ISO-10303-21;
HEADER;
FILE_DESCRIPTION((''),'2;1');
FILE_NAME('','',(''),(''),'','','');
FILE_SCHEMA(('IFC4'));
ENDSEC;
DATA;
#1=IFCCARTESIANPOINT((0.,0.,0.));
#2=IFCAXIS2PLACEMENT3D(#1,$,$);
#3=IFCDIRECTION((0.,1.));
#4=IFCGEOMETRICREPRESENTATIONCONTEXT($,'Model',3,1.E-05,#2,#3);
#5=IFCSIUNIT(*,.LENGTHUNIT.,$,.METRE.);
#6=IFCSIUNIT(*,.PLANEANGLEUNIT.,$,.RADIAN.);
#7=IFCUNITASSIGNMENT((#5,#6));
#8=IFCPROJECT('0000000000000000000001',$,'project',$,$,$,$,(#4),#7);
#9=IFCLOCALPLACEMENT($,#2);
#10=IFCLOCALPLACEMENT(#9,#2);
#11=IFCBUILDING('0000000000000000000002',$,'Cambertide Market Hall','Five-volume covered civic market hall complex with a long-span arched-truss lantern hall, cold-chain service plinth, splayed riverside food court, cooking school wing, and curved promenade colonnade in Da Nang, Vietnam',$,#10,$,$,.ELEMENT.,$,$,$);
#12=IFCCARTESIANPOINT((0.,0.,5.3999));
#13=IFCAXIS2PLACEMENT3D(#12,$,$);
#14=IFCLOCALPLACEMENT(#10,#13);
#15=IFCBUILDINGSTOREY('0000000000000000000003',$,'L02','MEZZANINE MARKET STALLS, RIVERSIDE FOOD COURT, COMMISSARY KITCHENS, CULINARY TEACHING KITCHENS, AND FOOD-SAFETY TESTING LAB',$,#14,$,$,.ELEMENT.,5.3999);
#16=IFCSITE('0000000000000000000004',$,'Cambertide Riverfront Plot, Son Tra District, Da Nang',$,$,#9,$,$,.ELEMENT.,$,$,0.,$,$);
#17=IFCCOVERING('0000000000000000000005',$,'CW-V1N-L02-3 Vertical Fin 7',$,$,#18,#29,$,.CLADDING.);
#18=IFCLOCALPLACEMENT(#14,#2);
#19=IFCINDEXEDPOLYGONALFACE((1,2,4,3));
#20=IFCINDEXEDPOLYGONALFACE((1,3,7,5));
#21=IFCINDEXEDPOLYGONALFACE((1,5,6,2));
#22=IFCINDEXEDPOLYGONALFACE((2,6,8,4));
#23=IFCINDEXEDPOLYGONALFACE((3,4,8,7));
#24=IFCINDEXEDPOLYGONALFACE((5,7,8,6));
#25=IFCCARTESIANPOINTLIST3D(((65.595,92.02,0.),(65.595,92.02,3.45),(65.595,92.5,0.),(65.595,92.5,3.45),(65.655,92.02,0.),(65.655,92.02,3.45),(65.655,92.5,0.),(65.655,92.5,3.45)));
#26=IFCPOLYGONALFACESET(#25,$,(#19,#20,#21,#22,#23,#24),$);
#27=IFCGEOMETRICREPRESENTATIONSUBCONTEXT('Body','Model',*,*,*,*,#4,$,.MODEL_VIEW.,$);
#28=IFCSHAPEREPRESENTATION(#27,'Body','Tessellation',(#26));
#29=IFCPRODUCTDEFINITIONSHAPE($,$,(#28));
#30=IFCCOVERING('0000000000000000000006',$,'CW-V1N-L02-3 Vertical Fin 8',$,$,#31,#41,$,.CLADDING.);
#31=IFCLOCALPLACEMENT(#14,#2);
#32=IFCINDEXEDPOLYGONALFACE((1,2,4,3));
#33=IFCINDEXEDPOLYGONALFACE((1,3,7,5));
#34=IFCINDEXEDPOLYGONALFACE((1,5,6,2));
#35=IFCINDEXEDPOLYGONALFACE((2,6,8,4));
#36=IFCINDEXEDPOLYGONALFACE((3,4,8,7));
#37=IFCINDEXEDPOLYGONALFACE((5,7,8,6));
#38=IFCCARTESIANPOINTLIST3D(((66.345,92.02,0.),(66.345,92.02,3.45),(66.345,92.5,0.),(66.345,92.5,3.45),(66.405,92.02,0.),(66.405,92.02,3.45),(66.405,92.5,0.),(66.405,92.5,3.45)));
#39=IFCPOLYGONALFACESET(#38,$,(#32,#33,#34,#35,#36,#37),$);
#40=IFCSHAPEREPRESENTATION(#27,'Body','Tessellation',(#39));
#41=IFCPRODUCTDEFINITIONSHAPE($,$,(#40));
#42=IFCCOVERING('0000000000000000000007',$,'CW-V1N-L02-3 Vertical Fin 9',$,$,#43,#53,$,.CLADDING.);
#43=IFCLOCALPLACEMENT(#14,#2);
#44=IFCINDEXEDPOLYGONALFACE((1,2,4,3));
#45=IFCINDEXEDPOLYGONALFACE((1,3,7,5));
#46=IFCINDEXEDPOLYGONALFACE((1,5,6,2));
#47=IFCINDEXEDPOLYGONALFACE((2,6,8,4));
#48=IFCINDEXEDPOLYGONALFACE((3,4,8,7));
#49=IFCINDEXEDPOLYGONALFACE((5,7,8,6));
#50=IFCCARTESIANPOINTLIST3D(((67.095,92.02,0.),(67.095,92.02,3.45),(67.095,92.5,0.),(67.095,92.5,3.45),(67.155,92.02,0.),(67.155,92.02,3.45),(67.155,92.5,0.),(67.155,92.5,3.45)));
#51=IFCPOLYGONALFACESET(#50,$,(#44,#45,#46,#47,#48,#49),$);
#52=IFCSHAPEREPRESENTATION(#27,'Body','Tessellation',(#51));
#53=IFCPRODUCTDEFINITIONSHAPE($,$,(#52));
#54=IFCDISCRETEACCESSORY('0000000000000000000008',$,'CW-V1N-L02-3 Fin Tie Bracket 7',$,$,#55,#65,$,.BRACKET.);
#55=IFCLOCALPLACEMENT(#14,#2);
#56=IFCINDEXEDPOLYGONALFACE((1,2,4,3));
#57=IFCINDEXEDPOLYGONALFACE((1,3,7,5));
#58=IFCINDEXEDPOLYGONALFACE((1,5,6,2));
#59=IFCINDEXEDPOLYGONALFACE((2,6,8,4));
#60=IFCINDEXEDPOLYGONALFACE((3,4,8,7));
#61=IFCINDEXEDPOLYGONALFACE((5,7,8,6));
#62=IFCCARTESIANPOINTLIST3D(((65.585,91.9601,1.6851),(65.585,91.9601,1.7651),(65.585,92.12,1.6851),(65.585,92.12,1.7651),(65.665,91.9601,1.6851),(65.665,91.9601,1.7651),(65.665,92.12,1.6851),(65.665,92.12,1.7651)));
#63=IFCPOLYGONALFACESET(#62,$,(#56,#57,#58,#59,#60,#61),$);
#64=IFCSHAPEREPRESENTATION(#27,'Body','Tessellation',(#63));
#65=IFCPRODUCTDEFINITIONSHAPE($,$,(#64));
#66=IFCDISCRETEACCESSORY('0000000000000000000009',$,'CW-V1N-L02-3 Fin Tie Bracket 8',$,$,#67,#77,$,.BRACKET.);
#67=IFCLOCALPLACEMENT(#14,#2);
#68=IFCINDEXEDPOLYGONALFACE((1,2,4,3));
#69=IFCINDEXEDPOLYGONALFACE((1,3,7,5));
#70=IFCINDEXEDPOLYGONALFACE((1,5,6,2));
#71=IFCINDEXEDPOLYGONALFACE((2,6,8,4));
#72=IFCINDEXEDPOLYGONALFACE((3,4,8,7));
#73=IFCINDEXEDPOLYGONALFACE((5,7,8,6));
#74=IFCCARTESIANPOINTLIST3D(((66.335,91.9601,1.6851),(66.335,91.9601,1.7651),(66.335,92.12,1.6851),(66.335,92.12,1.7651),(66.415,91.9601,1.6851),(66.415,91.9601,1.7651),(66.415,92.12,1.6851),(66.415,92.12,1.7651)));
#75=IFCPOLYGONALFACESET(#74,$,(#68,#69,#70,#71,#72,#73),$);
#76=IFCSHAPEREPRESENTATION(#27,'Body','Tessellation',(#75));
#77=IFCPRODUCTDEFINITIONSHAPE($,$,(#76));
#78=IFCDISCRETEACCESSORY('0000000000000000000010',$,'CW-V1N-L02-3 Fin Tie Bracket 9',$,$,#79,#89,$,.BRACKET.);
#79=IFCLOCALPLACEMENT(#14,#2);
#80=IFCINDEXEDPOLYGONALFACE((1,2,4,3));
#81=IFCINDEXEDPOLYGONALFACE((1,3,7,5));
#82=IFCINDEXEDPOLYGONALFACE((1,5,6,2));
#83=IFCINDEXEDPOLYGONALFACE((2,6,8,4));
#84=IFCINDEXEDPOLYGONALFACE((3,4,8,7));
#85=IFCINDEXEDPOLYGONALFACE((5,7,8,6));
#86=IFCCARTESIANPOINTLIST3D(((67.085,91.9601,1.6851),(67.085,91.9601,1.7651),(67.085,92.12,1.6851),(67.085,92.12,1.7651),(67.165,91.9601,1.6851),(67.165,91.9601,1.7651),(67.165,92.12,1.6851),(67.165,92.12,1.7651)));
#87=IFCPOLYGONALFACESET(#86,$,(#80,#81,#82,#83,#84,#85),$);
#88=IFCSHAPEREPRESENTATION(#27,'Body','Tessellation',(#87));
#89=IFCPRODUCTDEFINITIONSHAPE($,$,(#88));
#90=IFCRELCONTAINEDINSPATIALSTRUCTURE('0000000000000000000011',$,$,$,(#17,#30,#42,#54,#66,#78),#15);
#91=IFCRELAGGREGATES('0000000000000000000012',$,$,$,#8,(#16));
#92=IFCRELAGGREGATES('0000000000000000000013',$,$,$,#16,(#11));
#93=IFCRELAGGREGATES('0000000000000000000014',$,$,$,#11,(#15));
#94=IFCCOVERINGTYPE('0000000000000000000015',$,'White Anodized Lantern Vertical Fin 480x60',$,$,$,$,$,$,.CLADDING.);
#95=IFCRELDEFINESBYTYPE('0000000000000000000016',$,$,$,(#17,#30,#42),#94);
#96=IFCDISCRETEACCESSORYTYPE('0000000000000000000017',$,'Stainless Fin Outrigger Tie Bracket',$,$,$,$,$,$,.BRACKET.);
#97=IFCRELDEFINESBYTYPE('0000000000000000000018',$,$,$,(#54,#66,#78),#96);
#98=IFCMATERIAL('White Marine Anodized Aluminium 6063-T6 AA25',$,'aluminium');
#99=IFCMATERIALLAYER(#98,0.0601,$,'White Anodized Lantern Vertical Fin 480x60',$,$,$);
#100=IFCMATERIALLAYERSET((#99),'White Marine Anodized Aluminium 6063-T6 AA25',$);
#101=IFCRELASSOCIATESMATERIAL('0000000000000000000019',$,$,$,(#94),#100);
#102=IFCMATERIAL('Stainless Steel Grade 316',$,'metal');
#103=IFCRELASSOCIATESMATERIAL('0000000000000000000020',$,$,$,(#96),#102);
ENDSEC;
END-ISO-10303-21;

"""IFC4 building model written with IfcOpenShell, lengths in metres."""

from ifc_helpers import new_model, si_unit, direction, frame, origin, origin_2d, place, context, subcontext, project, spatial, rectangle, extrude, material, layer, layer_set, type_object, element, save


model = new_model("IFC4")

# Units and contexts
model_context = context("Model", 3, precision=1e-05, world=origin(), true_north=direction((0.0, 1.0)))
body_context = subcontext(model_context, "Body", "Model", "MODEL_VIEW")
ifc_project = project(units=[si_unit("LENGTHUNIT", "METRE"), si_unit("PLANEANGLEUNIT", "RADIAN")], contexts=[model_context])

# Site, building, storey
site_placement = place(None, origin())
site = spatial("IfcSite", under=ifc_project, at=site_placement, Name="Cambertide Riverfront Plot, Son Tra District, Da Nang", CompositionType="ELEMENT", RefElevation=0.0)
building_placement = place(site_placement, origin())
building = spatial("IfcBuilding", under=site, at=building_placement, Name="Cambertide Market Hall", Description="Five-volume covered civic market hall complex with a long-span arched-truss lantern hall, cold-chain service plinth, splayed riverside food court, cooking school wing, and curved promenade colonnade in Da Nang, Vietnam", CompositionType="ELEMENT")
storey_placement = place(building_placement, frame((0.0, 0.0, 5.3999)))
storey = spatial("IfcBuildingStorey", under=building, at=storey_placement, Name="L02", Description="MEZZANINE MARKET STALLS, RIVERSIDE FOOD COURT, COMMISSARY KITCHENS, CULINARY TEACHING KITCHENS, AND FOOD-SAFETY TESTING LAB", CompositionType="ELEMENT", Elevation=5.3999)

# Coverings
ifc_material_1 = material(Name="White Marine Anodized Aluminium 6063-T6 AA25", Category="aluminium")
ifc_layer_1 = layer(ifc_material_1, 0.0601, Name="White Anodized Lantern Vertical Fin 480x60")
ifc_layer_set_1 = layer_set([ifc_layer_1], Name="White Marine Anodized Aluminium 6063-T6 AA25")
covering_type = type_object("IfcCoveringType", Name="White Anodized Lantern Vertical Fin 480x60", PredefinedType="CLADDING", material=ifc_layer_set_1)
for number, where, z_axis, x_axis, name in (
    (1, (65.625, 92.26, 0.0), (0.0, 0.0, 1.0), (1.0, 0.0, 0.0), "CW-V1N-L02-3 Vertical Fin 7"),
    (2, (66.375, 92.26, 0.0), (0.0, 0.0, 1.0), (1.0, 0.0, 0.0), "CW-V1N-L02-3 Vertical Fin 8"),
    (3, (67.125, 92.26, 0.0), (0.0, 0.0, 1.0), (1.0, 0.0, 0.0), "CW-V1N-L02-3 Vertical Fin 9"),
):
    element("IfcCovering", number, at=place(storey_placement, frame(where, z_axis=z_axis, x_axis=x_axis)), inside=storey, type_object=covering_type, Name=name, PredefinedType="CLADDING", context=body_context, shape_type="SweptSolid", body=[
        extrude(rectangle(XDim=0.0601, YDim=0.48, at=origin_2d()), origin(), (0.0, 0.0, 1.0), 3.45),
    ])

# Discrete accessories
ifc_material_2 = material(Name="Stainless Steel Grade 316", Category="metal")
discrete_accessory_type = type_object("IfcDiscreteAccessoryType", Name="Stainless Fin Outrigger Tie Bracket", PredefinedType="BRACKET", material=ifc_material_2)
for number, where, z_axis, x_axis, name in (
    (4, (65.625, 92.04, 1.6851), (0.0, 0.0, 1.0), (1.0, 0.0, 0.0), "CW-V1N-L02-3 Fin Tie Bracket 7"),
    (5, (66.375, 92.04, 1.6851), (0.0, 0.0, 1.0), (1.0, 0.0, 0.0), "CW-V1N-L02-3 Fin Tie Bracket 8"),
    (6, (67.125, 92.04, 1.6851), (0.0, 0.0, 1.0), (1.0, 0.0, 0.0), "CW-V1N-L02-3 Fin Tie Bracket 9"),
):
    element("IfcDiscreteAccessory", number, at=place(storey_placement, frame(where, z_axis=z_axis, x_axis=x_axis)), inside=storey, type_object=discrete_accessory_type, Name=name, PredefinedType="BRACKET", context=body_context, shape_type="SweptSolid", body=[
        extrude(rectangle(XDim=0.0801, YDim=0.1599, at=origin_2d()), origin(), (0.0, 0.0, 1.0), 0.0801),
    ])

save(model, "model.ifc")
